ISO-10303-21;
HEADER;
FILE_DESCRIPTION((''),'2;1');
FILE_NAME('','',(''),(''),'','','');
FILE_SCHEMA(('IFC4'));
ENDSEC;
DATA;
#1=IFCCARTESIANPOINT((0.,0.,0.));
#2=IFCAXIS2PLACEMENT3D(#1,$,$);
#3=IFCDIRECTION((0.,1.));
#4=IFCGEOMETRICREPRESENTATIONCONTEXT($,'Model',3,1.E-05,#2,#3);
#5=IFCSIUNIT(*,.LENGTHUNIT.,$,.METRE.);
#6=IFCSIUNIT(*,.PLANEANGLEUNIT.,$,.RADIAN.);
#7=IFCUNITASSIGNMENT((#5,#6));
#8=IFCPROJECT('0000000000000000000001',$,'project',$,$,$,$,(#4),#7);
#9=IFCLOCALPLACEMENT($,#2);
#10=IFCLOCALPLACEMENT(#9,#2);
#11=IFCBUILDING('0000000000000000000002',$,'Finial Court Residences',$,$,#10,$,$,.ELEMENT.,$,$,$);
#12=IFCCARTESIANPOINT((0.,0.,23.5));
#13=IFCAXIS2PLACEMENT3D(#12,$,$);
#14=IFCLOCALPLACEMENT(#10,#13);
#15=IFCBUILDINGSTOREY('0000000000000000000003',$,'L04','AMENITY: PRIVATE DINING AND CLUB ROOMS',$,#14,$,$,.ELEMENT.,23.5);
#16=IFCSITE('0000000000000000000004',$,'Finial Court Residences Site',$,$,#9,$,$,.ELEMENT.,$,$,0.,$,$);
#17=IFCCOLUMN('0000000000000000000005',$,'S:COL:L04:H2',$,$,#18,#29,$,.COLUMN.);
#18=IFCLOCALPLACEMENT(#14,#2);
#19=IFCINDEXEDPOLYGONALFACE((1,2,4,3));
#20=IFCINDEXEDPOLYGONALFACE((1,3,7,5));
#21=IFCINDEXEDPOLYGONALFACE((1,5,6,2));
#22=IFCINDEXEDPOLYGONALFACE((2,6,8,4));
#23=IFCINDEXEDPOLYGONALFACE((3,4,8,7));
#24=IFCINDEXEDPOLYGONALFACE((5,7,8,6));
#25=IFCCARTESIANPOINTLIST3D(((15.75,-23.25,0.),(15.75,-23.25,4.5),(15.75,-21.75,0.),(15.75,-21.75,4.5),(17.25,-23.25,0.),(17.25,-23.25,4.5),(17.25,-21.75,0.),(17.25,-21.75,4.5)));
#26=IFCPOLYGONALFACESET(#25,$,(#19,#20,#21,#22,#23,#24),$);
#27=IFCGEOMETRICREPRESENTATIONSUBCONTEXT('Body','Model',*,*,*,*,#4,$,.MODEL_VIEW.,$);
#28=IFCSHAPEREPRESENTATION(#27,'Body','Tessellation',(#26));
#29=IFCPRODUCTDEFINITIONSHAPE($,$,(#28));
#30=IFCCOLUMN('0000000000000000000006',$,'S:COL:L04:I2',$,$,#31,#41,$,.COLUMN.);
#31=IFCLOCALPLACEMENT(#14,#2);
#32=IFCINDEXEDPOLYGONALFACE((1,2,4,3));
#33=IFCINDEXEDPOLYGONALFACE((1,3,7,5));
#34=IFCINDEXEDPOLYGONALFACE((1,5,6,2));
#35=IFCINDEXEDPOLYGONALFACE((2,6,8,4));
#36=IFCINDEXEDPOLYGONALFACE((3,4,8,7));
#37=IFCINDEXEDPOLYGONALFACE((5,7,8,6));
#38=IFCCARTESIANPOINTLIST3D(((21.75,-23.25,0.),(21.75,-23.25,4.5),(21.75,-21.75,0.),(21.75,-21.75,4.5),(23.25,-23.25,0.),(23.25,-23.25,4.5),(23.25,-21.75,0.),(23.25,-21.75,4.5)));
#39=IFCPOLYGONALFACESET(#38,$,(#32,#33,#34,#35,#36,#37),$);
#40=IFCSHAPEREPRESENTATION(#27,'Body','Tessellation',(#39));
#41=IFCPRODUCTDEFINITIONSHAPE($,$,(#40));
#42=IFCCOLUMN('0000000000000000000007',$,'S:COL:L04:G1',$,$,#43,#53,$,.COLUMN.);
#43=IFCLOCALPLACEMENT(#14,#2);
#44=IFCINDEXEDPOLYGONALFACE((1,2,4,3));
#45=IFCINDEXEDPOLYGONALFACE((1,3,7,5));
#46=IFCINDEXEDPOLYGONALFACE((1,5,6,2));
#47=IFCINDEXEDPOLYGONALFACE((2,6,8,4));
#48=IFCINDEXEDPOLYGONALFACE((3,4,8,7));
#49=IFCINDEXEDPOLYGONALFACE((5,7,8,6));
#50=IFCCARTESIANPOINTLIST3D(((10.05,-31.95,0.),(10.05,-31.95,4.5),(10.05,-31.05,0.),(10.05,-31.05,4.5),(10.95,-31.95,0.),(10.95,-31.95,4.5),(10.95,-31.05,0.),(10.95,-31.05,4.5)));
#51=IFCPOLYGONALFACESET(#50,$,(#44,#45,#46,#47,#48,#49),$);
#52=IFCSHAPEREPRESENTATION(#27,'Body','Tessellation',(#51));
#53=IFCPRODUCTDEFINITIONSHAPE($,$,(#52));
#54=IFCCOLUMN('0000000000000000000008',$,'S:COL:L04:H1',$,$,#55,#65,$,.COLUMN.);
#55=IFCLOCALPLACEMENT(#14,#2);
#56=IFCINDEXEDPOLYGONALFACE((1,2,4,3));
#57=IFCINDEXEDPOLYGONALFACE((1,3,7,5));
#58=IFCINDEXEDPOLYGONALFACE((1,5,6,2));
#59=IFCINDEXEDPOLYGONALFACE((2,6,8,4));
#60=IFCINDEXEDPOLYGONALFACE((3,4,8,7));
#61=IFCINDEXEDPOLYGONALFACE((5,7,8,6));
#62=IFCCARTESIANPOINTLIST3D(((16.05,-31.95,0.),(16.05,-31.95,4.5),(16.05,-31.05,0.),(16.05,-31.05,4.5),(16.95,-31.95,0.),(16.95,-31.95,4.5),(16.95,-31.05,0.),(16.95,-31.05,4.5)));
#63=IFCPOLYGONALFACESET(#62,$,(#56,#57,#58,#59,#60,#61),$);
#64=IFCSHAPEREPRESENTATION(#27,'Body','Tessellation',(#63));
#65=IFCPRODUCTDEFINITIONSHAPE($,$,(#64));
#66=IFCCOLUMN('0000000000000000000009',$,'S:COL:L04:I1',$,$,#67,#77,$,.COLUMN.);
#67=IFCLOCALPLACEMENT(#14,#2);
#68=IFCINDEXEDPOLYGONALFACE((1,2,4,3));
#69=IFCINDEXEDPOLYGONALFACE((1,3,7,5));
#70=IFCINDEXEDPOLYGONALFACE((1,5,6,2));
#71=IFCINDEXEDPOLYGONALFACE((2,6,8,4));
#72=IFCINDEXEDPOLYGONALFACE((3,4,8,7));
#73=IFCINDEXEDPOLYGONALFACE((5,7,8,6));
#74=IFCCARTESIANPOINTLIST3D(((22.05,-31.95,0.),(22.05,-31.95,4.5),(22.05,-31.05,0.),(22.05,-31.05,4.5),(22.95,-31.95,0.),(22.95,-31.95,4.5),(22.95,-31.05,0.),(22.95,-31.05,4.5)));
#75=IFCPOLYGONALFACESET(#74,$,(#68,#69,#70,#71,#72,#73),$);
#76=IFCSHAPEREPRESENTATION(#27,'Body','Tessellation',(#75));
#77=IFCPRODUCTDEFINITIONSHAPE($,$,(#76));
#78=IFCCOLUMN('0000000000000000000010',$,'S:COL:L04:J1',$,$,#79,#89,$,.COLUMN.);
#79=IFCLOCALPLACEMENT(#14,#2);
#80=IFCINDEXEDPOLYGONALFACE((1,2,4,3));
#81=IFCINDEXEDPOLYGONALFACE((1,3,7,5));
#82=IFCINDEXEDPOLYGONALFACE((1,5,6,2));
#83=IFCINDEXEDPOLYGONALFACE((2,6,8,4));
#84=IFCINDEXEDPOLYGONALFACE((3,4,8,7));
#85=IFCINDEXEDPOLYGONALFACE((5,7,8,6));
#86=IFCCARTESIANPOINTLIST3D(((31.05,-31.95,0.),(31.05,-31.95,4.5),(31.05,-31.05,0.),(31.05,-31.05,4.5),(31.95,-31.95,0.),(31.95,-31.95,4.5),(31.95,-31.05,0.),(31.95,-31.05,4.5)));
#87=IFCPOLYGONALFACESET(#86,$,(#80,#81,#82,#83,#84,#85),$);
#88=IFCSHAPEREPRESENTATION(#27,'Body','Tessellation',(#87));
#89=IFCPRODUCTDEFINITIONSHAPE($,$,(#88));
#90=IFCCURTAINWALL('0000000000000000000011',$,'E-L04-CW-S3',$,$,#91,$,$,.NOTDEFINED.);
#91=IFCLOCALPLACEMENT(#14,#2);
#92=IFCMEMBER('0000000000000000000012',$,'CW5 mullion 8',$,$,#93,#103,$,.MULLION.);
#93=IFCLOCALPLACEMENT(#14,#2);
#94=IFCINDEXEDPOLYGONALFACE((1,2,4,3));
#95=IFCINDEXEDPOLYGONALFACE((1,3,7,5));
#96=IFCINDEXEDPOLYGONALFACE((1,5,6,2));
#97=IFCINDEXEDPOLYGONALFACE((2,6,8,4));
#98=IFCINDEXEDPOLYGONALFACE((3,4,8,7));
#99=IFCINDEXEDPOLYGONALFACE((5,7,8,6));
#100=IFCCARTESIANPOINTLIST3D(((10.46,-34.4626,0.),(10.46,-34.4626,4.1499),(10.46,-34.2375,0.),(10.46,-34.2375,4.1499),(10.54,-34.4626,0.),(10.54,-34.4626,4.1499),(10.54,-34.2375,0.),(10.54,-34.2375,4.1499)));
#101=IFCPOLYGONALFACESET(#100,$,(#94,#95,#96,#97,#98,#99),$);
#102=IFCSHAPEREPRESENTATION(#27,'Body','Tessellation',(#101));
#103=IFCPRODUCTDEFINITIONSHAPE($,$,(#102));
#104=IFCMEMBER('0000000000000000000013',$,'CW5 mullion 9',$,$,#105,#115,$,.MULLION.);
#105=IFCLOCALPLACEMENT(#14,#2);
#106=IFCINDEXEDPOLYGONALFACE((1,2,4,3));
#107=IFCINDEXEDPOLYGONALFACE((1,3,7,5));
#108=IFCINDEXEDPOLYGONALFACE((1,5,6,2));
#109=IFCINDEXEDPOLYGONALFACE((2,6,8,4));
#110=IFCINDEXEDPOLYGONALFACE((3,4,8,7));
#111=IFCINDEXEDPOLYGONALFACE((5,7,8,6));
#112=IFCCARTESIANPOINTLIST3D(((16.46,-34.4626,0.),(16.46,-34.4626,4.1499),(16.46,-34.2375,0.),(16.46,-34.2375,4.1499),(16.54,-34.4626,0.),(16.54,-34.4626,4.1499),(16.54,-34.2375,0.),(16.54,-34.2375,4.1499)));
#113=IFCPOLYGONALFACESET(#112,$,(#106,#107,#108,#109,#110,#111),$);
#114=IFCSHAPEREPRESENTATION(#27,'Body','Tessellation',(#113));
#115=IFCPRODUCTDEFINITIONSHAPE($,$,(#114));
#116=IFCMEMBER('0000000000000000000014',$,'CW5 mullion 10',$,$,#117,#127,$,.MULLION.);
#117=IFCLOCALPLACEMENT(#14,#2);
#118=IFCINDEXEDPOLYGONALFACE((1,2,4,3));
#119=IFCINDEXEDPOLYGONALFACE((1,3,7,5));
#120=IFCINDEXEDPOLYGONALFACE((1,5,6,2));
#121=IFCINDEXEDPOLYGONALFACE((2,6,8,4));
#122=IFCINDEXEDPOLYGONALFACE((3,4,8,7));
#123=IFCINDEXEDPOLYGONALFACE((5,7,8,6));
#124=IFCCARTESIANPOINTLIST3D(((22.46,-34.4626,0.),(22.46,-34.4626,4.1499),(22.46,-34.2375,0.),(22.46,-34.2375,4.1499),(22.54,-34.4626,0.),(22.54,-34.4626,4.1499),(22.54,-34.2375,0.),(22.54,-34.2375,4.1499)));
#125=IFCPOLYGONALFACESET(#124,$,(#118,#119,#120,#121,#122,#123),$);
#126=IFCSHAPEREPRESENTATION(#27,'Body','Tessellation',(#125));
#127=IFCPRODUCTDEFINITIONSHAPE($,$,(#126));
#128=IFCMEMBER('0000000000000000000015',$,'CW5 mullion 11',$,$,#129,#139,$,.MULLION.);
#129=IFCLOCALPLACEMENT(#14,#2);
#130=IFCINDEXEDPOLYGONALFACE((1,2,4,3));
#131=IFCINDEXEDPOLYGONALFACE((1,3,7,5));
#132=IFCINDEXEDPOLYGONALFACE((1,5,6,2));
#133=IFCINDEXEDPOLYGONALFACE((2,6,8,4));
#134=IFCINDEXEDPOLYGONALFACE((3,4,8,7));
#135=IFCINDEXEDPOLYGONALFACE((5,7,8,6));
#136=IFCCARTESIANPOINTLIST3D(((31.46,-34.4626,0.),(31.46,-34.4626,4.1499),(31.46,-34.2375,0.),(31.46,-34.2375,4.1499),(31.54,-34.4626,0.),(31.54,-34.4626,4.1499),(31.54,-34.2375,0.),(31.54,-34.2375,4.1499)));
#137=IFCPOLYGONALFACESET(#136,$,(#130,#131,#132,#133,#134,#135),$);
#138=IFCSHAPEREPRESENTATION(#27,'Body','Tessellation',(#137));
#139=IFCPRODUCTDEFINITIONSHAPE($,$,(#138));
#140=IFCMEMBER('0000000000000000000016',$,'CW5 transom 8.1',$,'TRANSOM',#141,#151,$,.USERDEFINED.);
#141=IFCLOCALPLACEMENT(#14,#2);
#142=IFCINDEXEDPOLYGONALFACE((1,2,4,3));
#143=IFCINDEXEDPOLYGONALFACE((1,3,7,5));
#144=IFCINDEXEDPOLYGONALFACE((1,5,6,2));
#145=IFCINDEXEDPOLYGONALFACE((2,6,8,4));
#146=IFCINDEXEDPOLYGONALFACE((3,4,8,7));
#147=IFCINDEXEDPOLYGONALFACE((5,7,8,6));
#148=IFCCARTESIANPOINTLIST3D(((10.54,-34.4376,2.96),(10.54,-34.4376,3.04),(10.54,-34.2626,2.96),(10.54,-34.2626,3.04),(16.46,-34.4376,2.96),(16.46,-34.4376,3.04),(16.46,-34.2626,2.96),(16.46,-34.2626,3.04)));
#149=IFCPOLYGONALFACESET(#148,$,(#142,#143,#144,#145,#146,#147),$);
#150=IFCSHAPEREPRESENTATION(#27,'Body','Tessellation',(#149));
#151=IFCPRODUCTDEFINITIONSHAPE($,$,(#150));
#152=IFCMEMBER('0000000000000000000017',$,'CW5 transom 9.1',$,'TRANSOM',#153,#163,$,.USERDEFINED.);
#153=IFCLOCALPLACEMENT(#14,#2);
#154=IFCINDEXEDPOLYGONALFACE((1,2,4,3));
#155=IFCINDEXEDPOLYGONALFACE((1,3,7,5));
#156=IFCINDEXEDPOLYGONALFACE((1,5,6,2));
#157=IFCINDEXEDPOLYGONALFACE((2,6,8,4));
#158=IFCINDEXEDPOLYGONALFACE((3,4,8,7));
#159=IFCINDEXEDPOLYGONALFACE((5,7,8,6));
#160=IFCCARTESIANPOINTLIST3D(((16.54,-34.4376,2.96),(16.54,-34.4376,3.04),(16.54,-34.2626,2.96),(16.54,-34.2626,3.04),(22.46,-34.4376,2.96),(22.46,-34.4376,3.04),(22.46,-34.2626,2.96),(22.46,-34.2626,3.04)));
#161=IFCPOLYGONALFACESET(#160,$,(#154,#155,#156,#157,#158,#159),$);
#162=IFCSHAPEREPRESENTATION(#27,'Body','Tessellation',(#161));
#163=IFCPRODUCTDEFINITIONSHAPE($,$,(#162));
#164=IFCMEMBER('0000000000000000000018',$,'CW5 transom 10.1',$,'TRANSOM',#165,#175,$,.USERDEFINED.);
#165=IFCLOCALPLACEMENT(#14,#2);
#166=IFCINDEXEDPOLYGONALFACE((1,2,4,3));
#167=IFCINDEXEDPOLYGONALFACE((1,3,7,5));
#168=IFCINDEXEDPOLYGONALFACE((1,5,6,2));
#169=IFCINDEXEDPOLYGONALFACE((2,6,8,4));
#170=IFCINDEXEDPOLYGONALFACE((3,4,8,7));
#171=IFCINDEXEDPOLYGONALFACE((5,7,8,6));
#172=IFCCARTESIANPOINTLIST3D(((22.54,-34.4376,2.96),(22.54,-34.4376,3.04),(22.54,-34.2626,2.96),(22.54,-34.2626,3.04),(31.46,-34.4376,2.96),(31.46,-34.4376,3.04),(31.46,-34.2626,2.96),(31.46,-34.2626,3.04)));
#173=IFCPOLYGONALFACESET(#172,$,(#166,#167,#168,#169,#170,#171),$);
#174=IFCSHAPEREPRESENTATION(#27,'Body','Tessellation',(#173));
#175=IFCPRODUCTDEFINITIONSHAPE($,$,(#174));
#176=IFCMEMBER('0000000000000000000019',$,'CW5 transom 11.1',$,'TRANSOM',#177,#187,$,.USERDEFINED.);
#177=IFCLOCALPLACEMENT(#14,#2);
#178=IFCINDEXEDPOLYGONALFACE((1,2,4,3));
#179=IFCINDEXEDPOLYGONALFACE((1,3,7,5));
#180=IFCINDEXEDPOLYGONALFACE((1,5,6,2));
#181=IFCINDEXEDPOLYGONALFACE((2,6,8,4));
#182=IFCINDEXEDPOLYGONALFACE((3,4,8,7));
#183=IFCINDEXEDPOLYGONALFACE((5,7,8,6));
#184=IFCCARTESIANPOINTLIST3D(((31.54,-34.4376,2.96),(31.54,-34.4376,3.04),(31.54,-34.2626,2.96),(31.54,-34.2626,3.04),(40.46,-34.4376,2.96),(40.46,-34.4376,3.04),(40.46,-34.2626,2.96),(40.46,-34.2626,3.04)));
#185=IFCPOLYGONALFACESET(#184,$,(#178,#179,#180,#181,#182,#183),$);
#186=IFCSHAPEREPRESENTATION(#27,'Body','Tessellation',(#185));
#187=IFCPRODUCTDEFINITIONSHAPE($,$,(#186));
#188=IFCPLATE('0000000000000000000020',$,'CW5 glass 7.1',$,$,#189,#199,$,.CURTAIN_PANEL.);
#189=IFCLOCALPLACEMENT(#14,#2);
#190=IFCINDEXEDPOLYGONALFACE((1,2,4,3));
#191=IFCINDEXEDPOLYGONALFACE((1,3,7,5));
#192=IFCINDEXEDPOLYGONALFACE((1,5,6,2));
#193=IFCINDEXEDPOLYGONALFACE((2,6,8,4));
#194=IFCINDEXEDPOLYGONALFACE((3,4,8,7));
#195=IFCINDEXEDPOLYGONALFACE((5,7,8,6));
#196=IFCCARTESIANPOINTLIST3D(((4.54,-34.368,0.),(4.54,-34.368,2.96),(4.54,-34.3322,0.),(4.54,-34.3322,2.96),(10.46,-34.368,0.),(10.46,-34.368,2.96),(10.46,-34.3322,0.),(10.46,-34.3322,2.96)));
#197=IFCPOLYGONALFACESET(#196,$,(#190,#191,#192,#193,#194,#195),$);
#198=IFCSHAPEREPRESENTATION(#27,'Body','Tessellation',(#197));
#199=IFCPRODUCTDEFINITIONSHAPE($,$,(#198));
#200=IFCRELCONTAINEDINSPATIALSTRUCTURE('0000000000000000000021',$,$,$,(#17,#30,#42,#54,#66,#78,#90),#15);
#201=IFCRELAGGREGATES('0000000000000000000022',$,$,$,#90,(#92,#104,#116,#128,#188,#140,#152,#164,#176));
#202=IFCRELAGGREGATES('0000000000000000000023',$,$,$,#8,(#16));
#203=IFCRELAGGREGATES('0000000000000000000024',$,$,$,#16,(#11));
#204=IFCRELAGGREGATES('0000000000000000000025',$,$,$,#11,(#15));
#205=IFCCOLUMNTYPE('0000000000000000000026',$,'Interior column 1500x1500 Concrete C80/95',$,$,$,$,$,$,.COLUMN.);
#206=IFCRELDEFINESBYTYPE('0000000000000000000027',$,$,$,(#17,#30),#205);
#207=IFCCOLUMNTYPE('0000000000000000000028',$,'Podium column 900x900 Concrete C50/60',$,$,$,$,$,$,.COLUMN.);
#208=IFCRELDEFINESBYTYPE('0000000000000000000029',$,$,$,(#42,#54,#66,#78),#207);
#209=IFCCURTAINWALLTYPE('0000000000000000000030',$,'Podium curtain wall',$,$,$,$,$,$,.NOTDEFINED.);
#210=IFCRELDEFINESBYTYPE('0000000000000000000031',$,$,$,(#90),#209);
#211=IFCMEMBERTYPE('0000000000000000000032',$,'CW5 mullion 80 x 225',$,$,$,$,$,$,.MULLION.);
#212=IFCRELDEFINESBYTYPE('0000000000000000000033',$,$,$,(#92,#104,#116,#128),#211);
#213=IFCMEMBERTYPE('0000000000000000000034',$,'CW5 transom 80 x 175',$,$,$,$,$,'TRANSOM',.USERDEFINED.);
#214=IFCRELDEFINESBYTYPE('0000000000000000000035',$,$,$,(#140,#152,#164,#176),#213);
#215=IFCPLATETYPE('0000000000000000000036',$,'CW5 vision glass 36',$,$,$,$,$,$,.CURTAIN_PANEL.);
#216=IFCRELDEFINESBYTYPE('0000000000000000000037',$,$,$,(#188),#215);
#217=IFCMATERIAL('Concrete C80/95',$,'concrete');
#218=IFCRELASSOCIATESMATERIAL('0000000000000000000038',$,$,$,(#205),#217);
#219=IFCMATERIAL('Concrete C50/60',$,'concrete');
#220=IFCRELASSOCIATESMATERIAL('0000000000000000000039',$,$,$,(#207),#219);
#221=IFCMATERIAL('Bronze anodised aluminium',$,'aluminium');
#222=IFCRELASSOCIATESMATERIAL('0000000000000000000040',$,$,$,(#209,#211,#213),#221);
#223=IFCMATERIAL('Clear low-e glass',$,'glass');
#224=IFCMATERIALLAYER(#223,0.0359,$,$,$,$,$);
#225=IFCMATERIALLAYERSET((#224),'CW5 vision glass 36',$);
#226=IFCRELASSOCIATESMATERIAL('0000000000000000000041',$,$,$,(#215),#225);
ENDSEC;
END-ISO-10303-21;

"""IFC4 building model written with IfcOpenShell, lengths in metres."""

from ifc_helpers import new_model, si_unit, direction, frame, origin, origin_2d, place, context, subcontext, project, spatial, rectangle, extrude, material, layer, layer_set, material_profile, profile_set, type_object, element, aggregate, save


model = new_model("IFC4")

# Units and contexts
model_context = context("Model", 3, precision=1e-05, world=origin(), true_north=direction((0.0, 1.0)))
body_context = subcontext(model_context, "Body", "Model", "MODEL_VIEW")
ifc_project = project(units=[si_unit("LENGTHUNIT", "METRE"), si_unit("PLANEANGLEUNIT", "RADIAN")], contexts=[model_context])

# Site, building, storey
site_placement = place(None, origin())
site = spatial("IfcSite", under=ifc_project, at=site_placement, Name="Finial Court Residences Site", CompositionType="ELEMENT", RefElevation=0.0)
building_placement = place(site_placement, origin())
building = spatial("IfcBuilding", under=site, at=building_placement, Name="Finial Court Residences", CompositionType="ELEMENT")
storey_placement = place(building_placement, frame((0.0, 0.0, 23.5)))
storey = spatial("IfcBuildingStorey", under=building, at=storey_placement, Name="L04", Description="AMENITY: PRIVATE DINING AND CLUB ROOMS", CompositionType="ELEMENT", Elevation=23.5)

# Columns
ifc_material_1 = material(Name="Concrete C80/95", Category="concrete")
ifc_material_profile_1 = material_profile(ifc_material_1, rectangle(XDim=1.5, YDim=1.5, at=origin_2d()), Name="1500x1500")
ifc_profile_set_1 = profile_set([ifc_material_profile_1], Name="Concrete C80/95")
column_type_1 = type_object("IfcColumnType", Name="Interior column 1500x1500 Concrete C80/95", PredefinedType="COLUMN", material=ifc_profile_set_1)
for number, where, z_axis, x_axis, name in (
    (1, (16.5, -22.5, 0.0), (0.0, 0.0, 1.0), (1.0, 0.0, 0.0), "S:COL:L04:H2"),
    (2, (22.5, -22.5, 0.0), (0.0, 0.0, 1.0), (1.0, 0.0, 0.0), "S:COL:L04:I2"),
):
    element("IfcColumn", number, at=place(storey_placement, frame(where, z_axis=z_axis, x_axis=x_axis)), inside=storey, type_object=column_type_1, Name=name, PredefinedType="COLUMN", context=body_context, shape_type="SweptSolid", body=[
        extrude(rectangle(XDim=1.5, YDim=1.5, at=origin_2d()), origin(), (0.0, 0.0, 1.0), 4.5),
    ])
ifc_material_2 = material(Name="Concrete C50/60", Category="concrete")
ifc_material_profile_2 = material_profile(ifc_material_2, rectangle(XDim=0.8999, YDim=0.8999, at=origin_2d()), Name="900x900")
ifc_profile_set_2 = profile_set([ifc_material_profile_2], Name="Concrete C50/60")
column_type_2 = type_object("IfcColumnType", Name="Podium column 900x900 Concrete C50/60", PredefinedType="COLUMN", material=ifc_profile_set_2)
for number, where, z_axis, x_axis, name in (
    (3, (10.5, -31.5, 0.0), (0.0, 0.0, 1.0), (1.0, 0.0, 0.0), "S:COL:L04:G1"),
    (4, (16.5, -31.5, 0.0), (0.0, 0.0, 1.0), (1.0, 0.0, 0.0), "S:COL:L04:H1"),
    (5, (22.5, -31.5, 0.0), (0.0, 0.0, 1.0), (1.0, 0.0, 0.0), "S:COL:L04:I1"),
    (6, (31.5, -31.5, 0.0), (0.0, 0.0, 1.0), (1.0, 0.0, 0.0), "S:COL:L04:J1"),
):
    element("IfcColumn", number, at=place(storey_placement, frame(where, z_axis=z_axis, x_axis=x_axis)), inside=storey, type_object=column_type_2, Name=name, PredefinedType="COLUMN", context=body_context, shape_type="SweptSolid", body=[
        extrude(rectangle(XDim=0.8999, YDim=0.8999, at=origin_2d()), origin(), (0.0, 0.0, 1.0), 4.5),
    ])

# Curtain wall, members, plate
ifc_material_3 = material(Name="Bronze anodised aluminium", Category="aluminium")
curtain_wall_type = type_object("IfcCurtainWallType", Name="Podium curtain wall", PredefinedType="NOTDEFINED", material=ifc_material_3)
curtain_wall_placement = place(storey_placement, origin())
curtain_wall = element("IfcCurtainWall", 7, at=curtain_wall_placement, inside=storey, type_object=curtain_wall_type, Name="E-L04-CW-S3", PredefinedType="NOTDEFINED")
ifc_material_profile_3 = material_profile(ifc_material_3, rectangle(XDim=0.2251, YDim=0.0801, at=origin_2d()), Name="CW5 mullion 80 x 225")
ifc_profile_set_3 = profile_set([ifc_material_profile_3], Name="Bronze anodised aluminium")
member_type_1 = type_object("IfcMemberType", Name="CW5 mullion 80 x 225", PredefinedType="MULLION", material=ifc_profile_set_3)
member_1_placement = place(storey_placement, frame((10.5, -34.3501, 0.0), z_axis=(0.0, 0.0, 1.0), x_axis=(0.0, 1.0, 0.0)))
member_1 = element("IfcMember", 8, at=member_1_placement, type_object=member_type_1, Name="CW5 mullion 8", PredefinedType="MULLION", context=body_context, shape_type="SweptSolid", body=[
    extrude(rectangle(XDim=0.2251, YDim=0.0801, at=origin_2d()), origin(), (0.0, 0.0, 1.0), 4.1499),
])
member_2_placement = place(storey_placement, frame((16.5, -34.3501, 0.0), z_axis=(0.0, 0.0, 1.0), x_axis=(0.0, 1.0, 0.0)))
member_2 = element("IfcMember", 9, at=member_2_placement, type_object=member_type_1, Name="CW5 mullion 9", PredefinedType="MULLION", context=body_context, shape_type="SweptSolid", body=[
    extrude(rectangle(XDim=0.2251, YDim=0.0801, at=origin_2d()), origin(), (0.0, 0.0, 1.0), 4.1499),
])
member_3_placement = place(storey_placement, frame((22.5, -34.3501, 0.0), z_axis=(0.0, 0.0, 1.0), x_axis=(0.0, 1.0, 0.0)))
member_3 = element("IfcMember", 10, at=member_3_placement, type_object=member_type_1, Name="CW5 mullion 10", PredefinedType="MULLION", context=body_context, shape_type="SweptSolid", body=[
    extrude(rectangle(XDim=0.2251, YDim=0.0801, at=origin_2d()), origin(), (0.0, 0.0, 1.0), 4.1499),
])
member_4_placement = place(storey_placement, frame((31.5, -34.3501, 0.0), z_axis=(0.0, 0.0, 1.0), x_axis=(0.0, 1.0, 0.0)))
member_4 = element("IfcMember", 11, at=member_4_placement, type_object=member_type_1, Name="CW5 mullion 11", PredefinedType="MULLION", context=body_context, shape_type="SweptSolid", body=[
    extrude(rectangle(XDim=0.2251, YDim=0.0801, at=origin_2d()), origin(), (0.0, 0.0, 1.0), 4.1499),
])
ifc_material_profile_4 = material_profile(ifc_material_3, rectangle(XDim=0.175, YDim=0.0801, at=origin_2d()), Name="CW5 transom 80 x 175")
ifc_profile_set_4 = profile_set([ifc_material_profile_4], Name="Bronze anodised aluminium")
member_type_2 = type_object("IfcMemberType", Name="CW5 transom 80 x 175", ElementType="TRANSOM", PredefinedType="USERDEFINED", material=ifc_profile_set_4)
member_5_placement = place(storey_placement, frame((10.54, -34.3501, 3.0), z_axis=(1.0, 0.0, 0.0), x_axis=(0.0, 1.0, 0.0)))
member_5 = element("IfcMember", 12, at=member_5_placement, type_object=member_type_2, Name="CW5 transom 8.1", ObjectType="TRANSOM", PredefinedType="USERDEFINED", context=body_context, shape_type="SweptSolid", body=[
    extrude(rectangle(XDim=0.175, YDim=0.0801, at=origin_2d()), origin(), (0.0, 0.0, 1.0), 5.9199),
])
member_6_placement = place(storey_placement, frame((16.54, -34.3501, 3.0), z_axis=(1.0, 0.0, 0.0), x_axis=(0.0, 1.0, 0.0)))
member_6 = element("IfcMember", 13, at=member_6_placement, type_object=member_type_2, Name="CW5 transom 9.1", ObjectType="TRANSOM", PredefinedType="USERDEFINED", context=body_context, shape_type="SweptSolid", body=[
    extrude(rectangle(XDim=0.175, YDim=0.0801, at=origin_2d()), origin(), (0.0, 0.0, 1.0), 5.9199),
])
member_7_placement = place(storey_placement, frame((22.54, -34.3501, 3.0), z_axis=(1.0, 0.0, 0.0), x_axis=(0.0, 1.0, 0.0)))
member_7 = element("IfcMember", 14, at=member_7_placement, type_object=member_type_2, Name="CW5 transom 10.1", ObjectType="TRANSOM", PredefinedType="USERDEFINED", context=body_context, shape_type="SweptSolid", body=[
    extrude(rectangle(XDim=0.175, YDim=0.0801, at=origin_2d()), origin(), (0.0, 0.0, 1.0), 8.9199),
])
member_8_placement = place(storey_placement, frame((31.54, -34.3501, 3.0), z_axis=(1.0, 0.0, 0.0), x_axis=(0.0, 1.0, 0.0)))
member_8 = element("IfcMember", 15, at=member_8_placement, type_object=member_type_2, Name="CW5 transom 11.1", ObjectType="TRANSOM", PredefinedType="USERDEFINED", context=body_context, shape_type="SweptSolid", body=[
    extrude(rectangle(XDim=0.175, YDim=0.0801, at=origin_2d()), origin(), (0.0, 0.0, 1.0), 8.9199),
])
ifc_material_4 = material(Name="Clear low-e glass", Category="glass")
ifc_layer_1 = layer(ifc_material_4, 0.0359)
ifc_layer_set_1 = layer_set([ifc_layer_1], Name="CW5 vision glass 36")
plate_type = type_object("IfcPlateType", Name="CW5 vision glass 36", PredefinedType="CURTAIN_PANEL", material=ifc_layer_set_1)
plate_1_placement = place(storey_placement, frame((7.5, -34.3501, 0.0), z_axis=(0.0, 0.0, 1.0), x_axis=(1.0, 0.0, 0.0)))
plate_1 = element("IfcPlate", 16, at=plate_1_placement, type_object=plate_type, Name="CW5 glass 7.1", PredefinedType="CURTAIN_PANEL", context=body_context, shape_type="SweptSolid", body=[
    extrude(rectangle(XDim=5.9199, YDim=0.0359, at=origin_2d()), origin(), (0.0, 0.0, 1.0), 2.96),
])
aggregate(curtain_wall, [member_1, member_2, member_3, member_4, plate_1, member_5, member_6, member_7, member_8])

save(model, "model.ifc")
